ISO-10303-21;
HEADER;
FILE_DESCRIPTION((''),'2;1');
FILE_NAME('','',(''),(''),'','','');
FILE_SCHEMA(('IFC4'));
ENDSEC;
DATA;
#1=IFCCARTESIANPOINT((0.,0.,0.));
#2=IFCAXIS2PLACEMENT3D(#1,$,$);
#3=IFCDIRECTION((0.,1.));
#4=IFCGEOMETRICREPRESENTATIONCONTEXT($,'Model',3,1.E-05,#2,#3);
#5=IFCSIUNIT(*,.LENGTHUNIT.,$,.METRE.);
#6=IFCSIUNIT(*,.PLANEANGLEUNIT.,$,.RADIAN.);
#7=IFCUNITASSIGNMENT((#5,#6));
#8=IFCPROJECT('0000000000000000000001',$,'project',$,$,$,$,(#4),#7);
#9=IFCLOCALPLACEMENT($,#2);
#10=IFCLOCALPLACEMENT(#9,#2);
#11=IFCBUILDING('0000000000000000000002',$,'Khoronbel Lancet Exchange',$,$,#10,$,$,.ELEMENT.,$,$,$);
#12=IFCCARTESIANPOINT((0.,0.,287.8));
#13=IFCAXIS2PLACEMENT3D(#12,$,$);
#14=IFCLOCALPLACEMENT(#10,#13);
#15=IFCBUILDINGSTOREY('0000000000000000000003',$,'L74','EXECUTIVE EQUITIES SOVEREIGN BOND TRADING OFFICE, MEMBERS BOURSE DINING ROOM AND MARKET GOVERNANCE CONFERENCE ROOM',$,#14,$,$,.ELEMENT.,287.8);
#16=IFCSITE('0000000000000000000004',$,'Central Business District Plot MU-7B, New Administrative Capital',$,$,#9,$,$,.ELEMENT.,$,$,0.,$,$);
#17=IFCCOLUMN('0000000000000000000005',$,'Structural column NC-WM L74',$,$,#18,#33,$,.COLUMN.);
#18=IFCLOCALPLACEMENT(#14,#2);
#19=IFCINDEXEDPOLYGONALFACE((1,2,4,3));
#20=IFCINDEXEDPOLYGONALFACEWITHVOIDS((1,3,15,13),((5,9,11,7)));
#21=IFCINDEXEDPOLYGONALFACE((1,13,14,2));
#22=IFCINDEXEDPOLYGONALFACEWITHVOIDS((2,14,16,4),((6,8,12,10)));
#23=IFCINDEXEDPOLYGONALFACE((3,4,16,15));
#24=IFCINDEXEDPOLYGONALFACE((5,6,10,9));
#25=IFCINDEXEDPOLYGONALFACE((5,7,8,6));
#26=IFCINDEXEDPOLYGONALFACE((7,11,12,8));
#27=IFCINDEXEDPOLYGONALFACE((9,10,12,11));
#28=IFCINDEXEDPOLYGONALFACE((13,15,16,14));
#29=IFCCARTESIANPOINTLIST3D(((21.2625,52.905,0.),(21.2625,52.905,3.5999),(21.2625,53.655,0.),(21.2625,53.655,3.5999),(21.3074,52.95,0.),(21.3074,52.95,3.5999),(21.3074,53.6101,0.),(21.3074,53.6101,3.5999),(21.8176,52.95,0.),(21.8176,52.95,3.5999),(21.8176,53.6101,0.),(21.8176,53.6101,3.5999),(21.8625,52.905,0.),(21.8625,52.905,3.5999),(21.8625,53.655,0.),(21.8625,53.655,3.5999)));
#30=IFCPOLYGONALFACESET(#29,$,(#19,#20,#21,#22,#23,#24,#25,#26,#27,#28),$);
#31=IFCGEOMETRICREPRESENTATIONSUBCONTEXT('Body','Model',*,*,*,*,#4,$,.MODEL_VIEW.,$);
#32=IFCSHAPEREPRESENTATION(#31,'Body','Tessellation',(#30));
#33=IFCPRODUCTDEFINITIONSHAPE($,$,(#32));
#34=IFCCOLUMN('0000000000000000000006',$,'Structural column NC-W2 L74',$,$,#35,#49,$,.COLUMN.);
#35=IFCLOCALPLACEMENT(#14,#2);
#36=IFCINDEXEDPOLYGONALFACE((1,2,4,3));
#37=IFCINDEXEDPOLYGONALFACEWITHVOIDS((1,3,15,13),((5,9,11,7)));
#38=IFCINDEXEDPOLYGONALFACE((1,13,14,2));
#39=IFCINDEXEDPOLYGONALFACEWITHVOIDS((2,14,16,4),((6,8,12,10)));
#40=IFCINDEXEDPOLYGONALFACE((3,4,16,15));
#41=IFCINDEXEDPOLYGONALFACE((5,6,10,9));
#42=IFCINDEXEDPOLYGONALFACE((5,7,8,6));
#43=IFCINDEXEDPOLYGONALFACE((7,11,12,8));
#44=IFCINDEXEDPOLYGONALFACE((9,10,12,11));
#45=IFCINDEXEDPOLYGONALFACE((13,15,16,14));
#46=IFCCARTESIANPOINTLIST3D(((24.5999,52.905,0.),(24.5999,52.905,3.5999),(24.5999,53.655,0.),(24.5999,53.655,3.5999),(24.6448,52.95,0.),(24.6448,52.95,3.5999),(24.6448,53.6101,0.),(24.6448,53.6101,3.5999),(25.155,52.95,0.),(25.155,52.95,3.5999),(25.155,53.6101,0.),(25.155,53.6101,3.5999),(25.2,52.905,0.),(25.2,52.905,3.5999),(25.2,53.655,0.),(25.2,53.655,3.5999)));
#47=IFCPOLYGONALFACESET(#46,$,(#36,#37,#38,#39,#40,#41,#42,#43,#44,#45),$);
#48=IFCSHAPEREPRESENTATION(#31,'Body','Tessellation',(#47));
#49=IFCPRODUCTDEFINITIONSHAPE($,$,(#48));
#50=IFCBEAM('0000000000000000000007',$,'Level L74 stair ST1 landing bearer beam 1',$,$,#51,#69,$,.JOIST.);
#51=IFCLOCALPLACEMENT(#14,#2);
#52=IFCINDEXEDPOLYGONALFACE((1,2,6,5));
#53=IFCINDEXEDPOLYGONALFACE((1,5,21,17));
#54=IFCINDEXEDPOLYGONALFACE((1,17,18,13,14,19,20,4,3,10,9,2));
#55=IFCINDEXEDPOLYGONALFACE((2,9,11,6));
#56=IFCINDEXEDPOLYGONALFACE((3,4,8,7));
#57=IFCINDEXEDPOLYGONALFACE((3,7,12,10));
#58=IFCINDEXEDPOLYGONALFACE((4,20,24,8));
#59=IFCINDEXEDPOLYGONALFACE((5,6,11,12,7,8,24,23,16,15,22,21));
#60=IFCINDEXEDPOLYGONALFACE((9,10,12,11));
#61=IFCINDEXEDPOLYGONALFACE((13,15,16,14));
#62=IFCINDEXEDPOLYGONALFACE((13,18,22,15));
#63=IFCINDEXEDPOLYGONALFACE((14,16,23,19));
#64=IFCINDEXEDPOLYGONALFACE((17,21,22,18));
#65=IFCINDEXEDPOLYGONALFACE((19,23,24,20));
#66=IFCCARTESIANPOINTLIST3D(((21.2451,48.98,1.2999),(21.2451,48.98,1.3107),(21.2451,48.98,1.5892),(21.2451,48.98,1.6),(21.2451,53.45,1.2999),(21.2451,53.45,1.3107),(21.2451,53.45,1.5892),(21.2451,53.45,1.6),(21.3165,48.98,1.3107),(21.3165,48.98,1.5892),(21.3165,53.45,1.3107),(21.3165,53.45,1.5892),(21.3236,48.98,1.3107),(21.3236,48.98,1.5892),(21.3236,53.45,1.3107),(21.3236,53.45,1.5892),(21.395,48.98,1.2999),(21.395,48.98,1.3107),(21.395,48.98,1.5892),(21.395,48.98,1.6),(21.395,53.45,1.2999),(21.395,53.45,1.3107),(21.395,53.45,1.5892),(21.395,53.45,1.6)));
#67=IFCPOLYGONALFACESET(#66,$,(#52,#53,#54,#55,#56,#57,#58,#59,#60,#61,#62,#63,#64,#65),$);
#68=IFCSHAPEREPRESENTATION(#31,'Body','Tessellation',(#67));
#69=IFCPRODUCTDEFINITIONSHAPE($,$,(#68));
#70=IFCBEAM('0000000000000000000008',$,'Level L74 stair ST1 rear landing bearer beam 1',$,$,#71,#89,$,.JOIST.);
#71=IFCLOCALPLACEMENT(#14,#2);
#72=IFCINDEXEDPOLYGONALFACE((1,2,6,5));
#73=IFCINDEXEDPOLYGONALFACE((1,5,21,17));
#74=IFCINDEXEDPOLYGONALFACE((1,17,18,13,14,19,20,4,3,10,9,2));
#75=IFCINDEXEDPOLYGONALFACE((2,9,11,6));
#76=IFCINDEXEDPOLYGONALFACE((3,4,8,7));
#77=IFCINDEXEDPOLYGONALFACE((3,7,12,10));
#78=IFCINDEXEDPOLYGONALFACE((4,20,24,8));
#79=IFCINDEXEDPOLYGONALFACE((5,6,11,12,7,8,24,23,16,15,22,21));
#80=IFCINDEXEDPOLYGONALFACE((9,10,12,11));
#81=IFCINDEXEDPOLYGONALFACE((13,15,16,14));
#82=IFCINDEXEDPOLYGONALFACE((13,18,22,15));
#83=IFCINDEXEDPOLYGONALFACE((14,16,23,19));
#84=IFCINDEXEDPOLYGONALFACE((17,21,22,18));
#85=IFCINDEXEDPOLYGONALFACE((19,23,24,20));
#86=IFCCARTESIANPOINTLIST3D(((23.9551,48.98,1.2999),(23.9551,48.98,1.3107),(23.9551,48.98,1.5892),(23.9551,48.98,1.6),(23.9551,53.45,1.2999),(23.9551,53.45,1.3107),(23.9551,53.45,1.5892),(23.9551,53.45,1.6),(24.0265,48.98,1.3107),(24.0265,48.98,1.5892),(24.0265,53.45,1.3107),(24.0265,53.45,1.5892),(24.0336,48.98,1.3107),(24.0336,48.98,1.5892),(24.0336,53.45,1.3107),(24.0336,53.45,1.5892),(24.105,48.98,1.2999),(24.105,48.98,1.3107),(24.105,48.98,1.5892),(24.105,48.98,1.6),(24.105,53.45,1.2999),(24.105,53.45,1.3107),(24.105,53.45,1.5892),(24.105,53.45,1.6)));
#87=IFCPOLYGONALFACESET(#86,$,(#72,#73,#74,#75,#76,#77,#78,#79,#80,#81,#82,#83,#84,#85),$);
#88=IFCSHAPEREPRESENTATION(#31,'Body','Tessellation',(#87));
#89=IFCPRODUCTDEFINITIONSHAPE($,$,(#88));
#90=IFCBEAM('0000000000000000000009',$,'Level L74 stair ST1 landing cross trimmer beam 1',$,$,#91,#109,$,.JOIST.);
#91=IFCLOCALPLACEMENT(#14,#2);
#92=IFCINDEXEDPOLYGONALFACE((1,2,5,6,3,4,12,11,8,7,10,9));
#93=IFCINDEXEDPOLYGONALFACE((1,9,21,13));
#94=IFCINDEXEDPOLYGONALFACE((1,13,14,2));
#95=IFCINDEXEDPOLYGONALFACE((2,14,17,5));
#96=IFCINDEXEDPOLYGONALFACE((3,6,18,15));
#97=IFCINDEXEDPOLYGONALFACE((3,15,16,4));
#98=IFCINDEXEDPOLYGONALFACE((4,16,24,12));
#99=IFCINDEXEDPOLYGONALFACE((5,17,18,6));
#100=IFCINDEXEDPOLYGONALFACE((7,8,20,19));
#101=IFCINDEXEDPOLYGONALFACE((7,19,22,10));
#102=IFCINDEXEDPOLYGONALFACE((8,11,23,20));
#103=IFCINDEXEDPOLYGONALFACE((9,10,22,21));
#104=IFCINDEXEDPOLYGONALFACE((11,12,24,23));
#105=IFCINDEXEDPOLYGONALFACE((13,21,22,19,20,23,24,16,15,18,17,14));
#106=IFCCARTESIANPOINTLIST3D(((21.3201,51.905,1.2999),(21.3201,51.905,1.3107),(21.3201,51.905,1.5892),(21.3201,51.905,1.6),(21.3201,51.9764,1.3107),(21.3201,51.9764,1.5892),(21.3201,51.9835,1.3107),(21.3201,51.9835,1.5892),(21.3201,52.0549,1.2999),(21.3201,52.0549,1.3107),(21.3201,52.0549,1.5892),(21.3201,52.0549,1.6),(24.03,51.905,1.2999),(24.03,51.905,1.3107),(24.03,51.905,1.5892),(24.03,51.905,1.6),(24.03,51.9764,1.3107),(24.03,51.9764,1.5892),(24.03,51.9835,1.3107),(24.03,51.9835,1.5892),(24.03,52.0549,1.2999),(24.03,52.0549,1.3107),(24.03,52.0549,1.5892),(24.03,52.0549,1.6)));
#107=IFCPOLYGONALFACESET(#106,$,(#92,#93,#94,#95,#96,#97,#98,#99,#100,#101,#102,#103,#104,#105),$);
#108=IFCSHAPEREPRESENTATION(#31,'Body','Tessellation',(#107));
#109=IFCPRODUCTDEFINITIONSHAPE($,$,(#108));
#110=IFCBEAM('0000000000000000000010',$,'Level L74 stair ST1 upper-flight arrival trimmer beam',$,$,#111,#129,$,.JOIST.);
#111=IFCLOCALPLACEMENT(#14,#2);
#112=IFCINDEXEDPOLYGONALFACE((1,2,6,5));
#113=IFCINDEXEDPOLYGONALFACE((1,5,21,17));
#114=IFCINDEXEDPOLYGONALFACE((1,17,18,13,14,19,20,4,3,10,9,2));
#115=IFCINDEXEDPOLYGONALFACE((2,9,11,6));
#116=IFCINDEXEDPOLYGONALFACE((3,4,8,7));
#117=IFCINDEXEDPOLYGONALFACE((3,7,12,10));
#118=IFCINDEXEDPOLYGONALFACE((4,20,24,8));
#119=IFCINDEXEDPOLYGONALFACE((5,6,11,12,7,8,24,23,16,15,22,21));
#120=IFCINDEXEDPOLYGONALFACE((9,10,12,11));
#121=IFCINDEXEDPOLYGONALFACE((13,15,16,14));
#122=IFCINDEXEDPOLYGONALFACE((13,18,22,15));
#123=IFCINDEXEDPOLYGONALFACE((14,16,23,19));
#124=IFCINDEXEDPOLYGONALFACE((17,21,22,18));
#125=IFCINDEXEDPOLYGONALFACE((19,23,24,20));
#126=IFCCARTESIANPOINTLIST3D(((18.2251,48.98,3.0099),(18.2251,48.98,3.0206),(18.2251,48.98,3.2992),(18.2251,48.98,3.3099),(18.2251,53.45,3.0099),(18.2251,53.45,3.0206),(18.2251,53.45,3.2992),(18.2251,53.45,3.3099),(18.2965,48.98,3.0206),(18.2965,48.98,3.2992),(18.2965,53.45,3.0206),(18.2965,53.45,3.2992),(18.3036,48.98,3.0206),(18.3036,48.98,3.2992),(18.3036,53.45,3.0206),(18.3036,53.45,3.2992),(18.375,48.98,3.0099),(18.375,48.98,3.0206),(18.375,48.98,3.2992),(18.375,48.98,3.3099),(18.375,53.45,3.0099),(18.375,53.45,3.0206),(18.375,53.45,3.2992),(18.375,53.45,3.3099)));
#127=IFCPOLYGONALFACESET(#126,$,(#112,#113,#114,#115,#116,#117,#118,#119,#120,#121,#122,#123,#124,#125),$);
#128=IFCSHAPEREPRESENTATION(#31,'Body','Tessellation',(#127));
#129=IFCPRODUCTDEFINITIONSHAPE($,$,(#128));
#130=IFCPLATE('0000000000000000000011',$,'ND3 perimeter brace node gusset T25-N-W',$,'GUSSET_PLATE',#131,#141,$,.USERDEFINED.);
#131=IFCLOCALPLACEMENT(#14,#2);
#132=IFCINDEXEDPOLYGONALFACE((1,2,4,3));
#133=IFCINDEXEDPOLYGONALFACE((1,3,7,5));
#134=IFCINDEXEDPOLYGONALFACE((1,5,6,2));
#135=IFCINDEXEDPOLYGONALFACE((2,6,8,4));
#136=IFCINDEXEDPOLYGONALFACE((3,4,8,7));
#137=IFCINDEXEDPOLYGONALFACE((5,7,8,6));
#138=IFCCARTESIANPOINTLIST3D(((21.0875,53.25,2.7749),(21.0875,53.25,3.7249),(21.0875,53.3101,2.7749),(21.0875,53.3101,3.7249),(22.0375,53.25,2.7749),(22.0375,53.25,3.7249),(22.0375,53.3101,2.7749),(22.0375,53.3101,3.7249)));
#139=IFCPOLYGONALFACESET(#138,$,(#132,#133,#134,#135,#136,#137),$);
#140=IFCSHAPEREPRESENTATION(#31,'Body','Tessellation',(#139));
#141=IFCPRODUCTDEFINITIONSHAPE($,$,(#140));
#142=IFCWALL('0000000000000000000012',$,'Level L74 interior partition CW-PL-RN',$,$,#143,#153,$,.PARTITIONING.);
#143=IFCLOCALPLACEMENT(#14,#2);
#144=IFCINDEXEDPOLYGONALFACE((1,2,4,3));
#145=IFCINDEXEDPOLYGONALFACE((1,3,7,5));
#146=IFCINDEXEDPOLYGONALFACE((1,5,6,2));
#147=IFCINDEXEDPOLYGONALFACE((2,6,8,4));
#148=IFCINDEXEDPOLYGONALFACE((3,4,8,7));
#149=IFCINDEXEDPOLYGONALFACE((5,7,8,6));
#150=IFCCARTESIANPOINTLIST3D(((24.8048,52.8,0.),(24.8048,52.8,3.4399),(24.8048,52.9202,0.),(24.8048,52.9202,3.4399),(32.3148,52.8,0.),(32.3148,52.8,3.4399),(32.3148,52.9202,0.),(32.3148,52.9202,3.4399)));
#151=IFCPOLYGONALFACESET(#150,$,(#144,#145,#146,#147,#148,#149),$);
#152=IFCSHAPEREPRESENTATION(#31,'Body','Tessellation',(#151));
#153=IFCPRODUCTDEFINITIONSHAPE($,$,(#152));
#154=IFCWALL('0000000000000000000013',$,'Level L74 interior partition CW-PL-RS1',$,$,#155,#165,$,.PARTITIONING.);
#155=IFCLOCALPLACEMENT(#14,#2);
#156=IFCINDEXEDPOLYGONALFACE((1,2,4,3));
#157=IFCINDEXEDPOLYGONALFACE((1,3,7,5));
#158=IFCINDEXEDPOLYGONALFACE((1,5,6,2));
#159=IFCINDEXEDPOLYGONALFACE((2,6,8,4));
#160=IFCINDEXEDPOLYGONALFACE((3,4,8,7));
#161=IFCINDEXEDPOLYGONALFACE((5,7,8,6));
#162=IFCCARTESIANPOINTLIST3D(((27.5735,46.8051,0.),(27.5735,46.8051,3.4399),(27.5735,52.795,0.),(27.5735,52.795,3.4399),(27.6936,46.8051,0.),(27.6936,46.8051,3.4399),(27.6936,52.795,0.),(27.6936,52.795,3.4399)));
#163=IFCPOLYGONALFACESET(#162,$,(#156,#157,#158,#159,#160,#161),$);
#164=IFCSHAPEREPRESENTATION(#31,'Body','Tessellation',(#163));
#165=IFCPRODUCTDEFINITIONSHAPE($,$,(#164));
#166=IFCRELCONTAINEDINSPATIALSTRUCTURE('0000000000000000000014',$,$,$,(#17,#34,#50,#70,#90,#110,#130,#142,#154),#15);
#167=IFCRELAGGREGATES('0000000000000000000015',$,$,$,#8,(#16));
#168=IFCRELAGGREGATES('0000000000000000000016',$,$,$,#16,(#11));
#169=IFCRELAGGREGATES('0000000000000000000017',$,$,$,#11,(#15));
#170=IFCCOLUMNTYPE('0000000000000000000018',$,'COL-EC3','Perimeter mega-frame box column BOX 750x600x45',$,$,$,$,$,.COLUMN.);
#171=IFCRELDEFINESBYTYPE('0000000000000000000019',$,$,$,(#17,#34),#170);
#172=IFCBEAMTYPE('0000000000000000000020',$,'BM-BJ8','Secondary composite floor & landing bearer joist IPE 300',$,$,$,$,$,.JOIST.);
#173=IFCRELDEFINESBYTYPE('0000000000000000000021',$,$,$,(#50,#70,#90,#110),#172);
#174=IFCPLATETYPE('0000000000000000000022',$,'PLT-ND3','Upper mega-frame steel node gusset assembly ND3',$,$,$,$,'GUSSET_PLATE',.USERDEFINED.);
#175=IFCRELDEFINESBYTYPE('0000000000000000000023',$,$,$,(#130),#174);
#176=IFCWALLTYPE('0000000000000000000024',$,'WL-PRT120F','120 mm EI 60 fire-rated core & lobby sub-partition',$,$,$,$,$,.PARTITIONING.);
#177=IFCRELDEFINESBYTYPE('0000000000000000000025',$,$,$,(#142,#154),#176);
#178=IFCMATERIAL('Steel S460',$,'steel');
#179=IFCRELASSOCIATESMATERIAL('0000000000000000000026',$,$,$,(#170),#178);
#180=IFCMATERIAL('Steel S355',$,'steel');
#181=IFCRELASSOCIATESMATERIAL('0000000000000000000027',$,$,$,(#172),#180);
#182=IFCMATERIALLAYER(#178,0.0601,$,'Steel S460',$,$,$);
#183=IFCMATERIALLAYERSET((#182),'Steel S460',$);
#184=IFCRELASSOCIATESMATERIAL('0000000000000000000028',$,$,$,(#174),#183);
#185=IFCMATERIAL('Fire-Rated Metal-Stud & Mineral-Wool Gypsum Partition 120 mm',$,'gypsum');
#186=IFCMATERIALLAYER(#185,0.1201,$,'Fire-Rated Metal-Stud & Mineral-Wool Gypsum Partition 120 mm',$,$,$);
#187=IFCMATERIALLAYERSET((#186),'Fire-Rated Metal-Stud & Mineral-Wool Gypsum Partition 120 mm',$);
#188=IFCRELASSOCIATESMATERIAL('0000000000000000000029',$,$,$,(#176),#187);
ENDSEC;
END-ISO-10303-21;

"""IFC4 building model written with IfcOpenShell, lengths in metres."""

from ifc_helpers import new_model, si_unit, direction, frame, frame_2d, origin, origin_2d, place, context, subcontext, project, spatial, rectangle, hollow_rectangle, i_section, extrude, material, layer, layer_set, material_profile, profile_set, type_object, element, save


model = new_model("IFC4")

# Units and contexts
model_context = context("Model", 3, precision=1e-05, world=origin(), true_north=direction((0.0, 1.0)))
body_context = subcontext(model_context, "Body", "Model", "MODEL_VIEW")
ifc_project = project(units=[si_unit("LENGTHUNIT", "METRE"), si_unit("PLANEANGLEUNIT", "RADIAN")], contexts=[model_context])

# Site, building, storey
site_placement = place(None, origin())
site = spatial("IfcSite", under=ifc_project, at=site_placement, Name="Central Business District Plot MU-7B, New Administrative Capital", CompositionType="ELEMENT", RefElevation=0.0)
building_placement = place(site_placement, origin())
building = spatial("IfcBuilding", under=site, at=building_placement, Name="Khoronbel Lancet Exchange", CompositionType="ELEMENT")
storey_placement = place(building_placement, frame((0.0, 0.0, 287.8)))
storey = spatial("IfcBuildingStorey", under=building, at=storey_placement, Name="L74", Description="EXECUTIVE EQUITIES SOVEREIGN BOND TRADING OFFICE, MEMBERS BOURSE DINING ROOM AND MARKET GOVERNANCE CONFERENCE ROOM", CompositionType="ELEMENT", Elevation=287.8)

# Columns
ifc_material_1 = material(Name="Steel S460", Category="steel")
ifc_material_profile_1 = material_profile(ifc_material_1, hollow_rectangle(XDim=0.6001, YDim=0.75, WallThickness=0.0449, at=origin_2d()), Name="BOX 750x600x45")
ifc_profile_set_1 = profile_set([ifc_material_profile_1], Name="Steel S460")
column_type = type_object("IfcColumnType", Name="COL-EC3", Description="Perimeter mega-frame box column BOX 750x600x45", PredefinedType="COLUMN", material=ifc_profile_set_1)
for number, where, z_axis, x_axis, name in (
    (1, (21.5625, 53.28, 0.0), (0.0, 0.0, 1.0), (1.0, 0.0, 0.0), "Structural column NC-WM L74"),
    (2, (24.8999, 53.28, 0.0), (0.0, 0.0, 1.0), (1.0, 0.0, 0.0), "Structural column NC-W2 L74"),
):
    element("IfcColumn", number, at=place(storey_placement, frame(where, z_axis=z_axis, x_axis=x_axis)), inside=storey, type_object=column_type, Name=name, PredefinedType="COLUMN", context=body_context, shape_type="SweptSolid", body=[
        extrude(hollow_rectangle(XDim=0.6001, YDim=0.75, WallThickness=0.0449, at=origin_2d()), origin(), (0.0, 0.0, 1.0), 3.5999),
    ])

# Beams
ifc_material_2 = material(Name="Steel S355", Category="steel")
ifc_material_profile_2 = material_profile(ifc_material_2, i_section(OverallWidth=0.1499, OverallDepth=0.3, WebThickness=0.0071, FlangeThickness=0.0107, at=origin_2d()), Name="IPE 300")
ifc_profile_set_2 = profile_set([ifc_material_profile_2], Name="Steel S355")
beam_type = type_object("IfcBeamType", Name="BM-BJ8", Description="Secondary composite floor & landing bearer joist IPE 300", PredefinedType="JOIST", material=ifc_profile_set_2)
for number, where, z_axis, x_axis, name in (
    (3, (21.3201, 48.98, 1.45), (0.0, 1.0, 0.0), (-1.0, 0.0, 0.0), "Level L74 stair ST1 landing bearer beam 1"),
    (4, (24.03, 48.98, 1.45), (0.0, 1.0, 0.0), (-1.0, 0.0, 0.0), "Level L74 stair ST1 rear landing bearer beam 1"),
):
    element("IfcBeam", number, at=place(storey_placement, frame(where, z_axis=z_axis, x_axis=x_axis)), inside=storey, type_object=beam_type, Name=name, PredefinedType="JOIST", context=body_context, shape_type="SweptSolid", body=[
        extrude(i_section(OverallWidth=0.1499, OverallDepth=0.3, WebThickness=0.0071, FlangeThickness=0.0107, at=origin_2d()), origin(), (0.0, 0.0, 1.0), 4.47),
    ])
beam_1_placement = place(storey_placement, frame((21.3201, 51.98, 1.45), z_axis=(1.0, 0.0, 0.0), x_axis=(0.0, 1.0, 0.0)))
element("IfcBeam", 5, at=beam_1_placement, inside=storey, type_object=beam_type, Name="Level L74 stair ST1 landing cross trimmer beam 1", PredefinedType="JOIST", context=body_context, shape_type="SweptSolid", body=[
    extrude(i_section(OverallWidth=0.1499, OverallDepth=0.3, WebThickness=0.0071, FlangeThickness=0.0107, at=origin_2d()), origin(), (0.0, 0.0, 1.0), 2.71),
])
beam_2_placement = place(storey_placement, frame((18.3, 48.98, 3.1599), z_axis=(0.0, 1.0, 0.0), x_axis=(-1.0, 0.0, 0.0)))
element("IfcBeam", 6, at=beam_2_placement, inside=storey, type_object=beam_type, Name="Level L74 stair ST1 upper-flight arrival trimmer beam", PredefinedType="JOIST", context=body_context, shape_type="SweptSolid", body=[
    extrude(i_section(OverallWidth=0.1499, OverallDepth=0.3, WebThickness=0.0071, FlangeThickness=0.0107, at=origin_2d()), origin(), (0.0, 0.0, 1.0), 4.47),
])

# Plate
ifc_layer_1 = layer(ifc_material_1, 0.0601, Name="Steel S460")
ifc_layer_set_1 = layer_set([ifc_layer_1], Name="Steel S460")
plate_type = type_object("IfcPlateType", Name="PLT-ND3", Description="Upper mega-frame steel node gusset assembly ND3", ElementType="GUSSET_PLATE", PredefinedType="USERDEFINED", material=ifc_layer_set_1)
plate_placement = place(storey_placement, frame((21.5625, 53.28, 2.7749), z_axis=(0.0, 0.0, 1.0), x_axis=(1.0, 0.0, 0.0)))
element("IfcPlate", 7, at=plate_placement, inside=storey, type_object=plate_type, Name="ND3 perimeter brace node gusset T25-N-W", ObjectType="GUSSET_PLATE", PredefinedType="USERDEFINED", context=body_context, shape_type="SweptSolid", body=[
    extrude(rectangle(XDim=0.95, YDim=0.0601, at=origin_2d()), origin(), (0.0, 0.0, 1.0), 0.95),
])

# Walls
ifc_material_3 = material(Name="Fire-Rated Metal-Stud & Mineral-Wool Gypsum Partition 120 mm", Category="gypsum")
ifc_layer_2 = layer(ifc_material_3, 0.1201, Name="Fire-Rated Metal-Stud & Mineral-Wool Gypsum Partition 120 mm")
ifc_layer_set_2 = layer_set([ifc_layer_2], Name="Fire-Rated Metal-Stud & Mineral-Wool Gypsum Partition 120 mm")
wall_type_1 = type_object("IfcWallType", Name="WL-PRT120F", Description="120 mm EI 60 fire-rated core & lobby sub-partition", PredefinedType="PARTITIONING", material=ifc_layer_set_2)
wall_1_placement = place(storey_placement, frame((24.8049, 52.8601, 0.0), z_axis=(0.0, 0.0, 1.0), x_axis=(1.0, 0.0, 0.0)))
element("IfcWall", 8, at=wall_1_placement, inside=storey, type_object=wall_type_1, Name="Level L74 interior partition CW-PL-RN", PredefinedType="PARTITIONING", context=body_context, shape_type="SweptSolid", body=[
    extrude(rectangle(XDim=7.51, YDim=0.1201, at=frame_2d((3.7549, 0.0))), origin(), (0.0, 0.0, 1.0), 3.4399),
])
wall_2_placement = place(storey_placement, frame((27.6335, 46.8049, 0.0), z_axis=(0.0, 0.0, 1.0), x_axis=(0.0, 1.0, 0.0)))
element("IfcWall", 9, at=wall_2_placement, inside=storey, type_object=wall_type_1, Name="Level L74 interior partition CW-PL-RS1", PredefinedType="PARTITIONING", context=body_context, shape_type="SweptSolid", body=[
    extrude(rectangle(XDim=5.99, YDim=0.1201, at=frame_2d((2.9951, 0.0))), origin(), (0.0, 0.0, 1.0), 3.4399),
])

save(model, "model.ifc")
